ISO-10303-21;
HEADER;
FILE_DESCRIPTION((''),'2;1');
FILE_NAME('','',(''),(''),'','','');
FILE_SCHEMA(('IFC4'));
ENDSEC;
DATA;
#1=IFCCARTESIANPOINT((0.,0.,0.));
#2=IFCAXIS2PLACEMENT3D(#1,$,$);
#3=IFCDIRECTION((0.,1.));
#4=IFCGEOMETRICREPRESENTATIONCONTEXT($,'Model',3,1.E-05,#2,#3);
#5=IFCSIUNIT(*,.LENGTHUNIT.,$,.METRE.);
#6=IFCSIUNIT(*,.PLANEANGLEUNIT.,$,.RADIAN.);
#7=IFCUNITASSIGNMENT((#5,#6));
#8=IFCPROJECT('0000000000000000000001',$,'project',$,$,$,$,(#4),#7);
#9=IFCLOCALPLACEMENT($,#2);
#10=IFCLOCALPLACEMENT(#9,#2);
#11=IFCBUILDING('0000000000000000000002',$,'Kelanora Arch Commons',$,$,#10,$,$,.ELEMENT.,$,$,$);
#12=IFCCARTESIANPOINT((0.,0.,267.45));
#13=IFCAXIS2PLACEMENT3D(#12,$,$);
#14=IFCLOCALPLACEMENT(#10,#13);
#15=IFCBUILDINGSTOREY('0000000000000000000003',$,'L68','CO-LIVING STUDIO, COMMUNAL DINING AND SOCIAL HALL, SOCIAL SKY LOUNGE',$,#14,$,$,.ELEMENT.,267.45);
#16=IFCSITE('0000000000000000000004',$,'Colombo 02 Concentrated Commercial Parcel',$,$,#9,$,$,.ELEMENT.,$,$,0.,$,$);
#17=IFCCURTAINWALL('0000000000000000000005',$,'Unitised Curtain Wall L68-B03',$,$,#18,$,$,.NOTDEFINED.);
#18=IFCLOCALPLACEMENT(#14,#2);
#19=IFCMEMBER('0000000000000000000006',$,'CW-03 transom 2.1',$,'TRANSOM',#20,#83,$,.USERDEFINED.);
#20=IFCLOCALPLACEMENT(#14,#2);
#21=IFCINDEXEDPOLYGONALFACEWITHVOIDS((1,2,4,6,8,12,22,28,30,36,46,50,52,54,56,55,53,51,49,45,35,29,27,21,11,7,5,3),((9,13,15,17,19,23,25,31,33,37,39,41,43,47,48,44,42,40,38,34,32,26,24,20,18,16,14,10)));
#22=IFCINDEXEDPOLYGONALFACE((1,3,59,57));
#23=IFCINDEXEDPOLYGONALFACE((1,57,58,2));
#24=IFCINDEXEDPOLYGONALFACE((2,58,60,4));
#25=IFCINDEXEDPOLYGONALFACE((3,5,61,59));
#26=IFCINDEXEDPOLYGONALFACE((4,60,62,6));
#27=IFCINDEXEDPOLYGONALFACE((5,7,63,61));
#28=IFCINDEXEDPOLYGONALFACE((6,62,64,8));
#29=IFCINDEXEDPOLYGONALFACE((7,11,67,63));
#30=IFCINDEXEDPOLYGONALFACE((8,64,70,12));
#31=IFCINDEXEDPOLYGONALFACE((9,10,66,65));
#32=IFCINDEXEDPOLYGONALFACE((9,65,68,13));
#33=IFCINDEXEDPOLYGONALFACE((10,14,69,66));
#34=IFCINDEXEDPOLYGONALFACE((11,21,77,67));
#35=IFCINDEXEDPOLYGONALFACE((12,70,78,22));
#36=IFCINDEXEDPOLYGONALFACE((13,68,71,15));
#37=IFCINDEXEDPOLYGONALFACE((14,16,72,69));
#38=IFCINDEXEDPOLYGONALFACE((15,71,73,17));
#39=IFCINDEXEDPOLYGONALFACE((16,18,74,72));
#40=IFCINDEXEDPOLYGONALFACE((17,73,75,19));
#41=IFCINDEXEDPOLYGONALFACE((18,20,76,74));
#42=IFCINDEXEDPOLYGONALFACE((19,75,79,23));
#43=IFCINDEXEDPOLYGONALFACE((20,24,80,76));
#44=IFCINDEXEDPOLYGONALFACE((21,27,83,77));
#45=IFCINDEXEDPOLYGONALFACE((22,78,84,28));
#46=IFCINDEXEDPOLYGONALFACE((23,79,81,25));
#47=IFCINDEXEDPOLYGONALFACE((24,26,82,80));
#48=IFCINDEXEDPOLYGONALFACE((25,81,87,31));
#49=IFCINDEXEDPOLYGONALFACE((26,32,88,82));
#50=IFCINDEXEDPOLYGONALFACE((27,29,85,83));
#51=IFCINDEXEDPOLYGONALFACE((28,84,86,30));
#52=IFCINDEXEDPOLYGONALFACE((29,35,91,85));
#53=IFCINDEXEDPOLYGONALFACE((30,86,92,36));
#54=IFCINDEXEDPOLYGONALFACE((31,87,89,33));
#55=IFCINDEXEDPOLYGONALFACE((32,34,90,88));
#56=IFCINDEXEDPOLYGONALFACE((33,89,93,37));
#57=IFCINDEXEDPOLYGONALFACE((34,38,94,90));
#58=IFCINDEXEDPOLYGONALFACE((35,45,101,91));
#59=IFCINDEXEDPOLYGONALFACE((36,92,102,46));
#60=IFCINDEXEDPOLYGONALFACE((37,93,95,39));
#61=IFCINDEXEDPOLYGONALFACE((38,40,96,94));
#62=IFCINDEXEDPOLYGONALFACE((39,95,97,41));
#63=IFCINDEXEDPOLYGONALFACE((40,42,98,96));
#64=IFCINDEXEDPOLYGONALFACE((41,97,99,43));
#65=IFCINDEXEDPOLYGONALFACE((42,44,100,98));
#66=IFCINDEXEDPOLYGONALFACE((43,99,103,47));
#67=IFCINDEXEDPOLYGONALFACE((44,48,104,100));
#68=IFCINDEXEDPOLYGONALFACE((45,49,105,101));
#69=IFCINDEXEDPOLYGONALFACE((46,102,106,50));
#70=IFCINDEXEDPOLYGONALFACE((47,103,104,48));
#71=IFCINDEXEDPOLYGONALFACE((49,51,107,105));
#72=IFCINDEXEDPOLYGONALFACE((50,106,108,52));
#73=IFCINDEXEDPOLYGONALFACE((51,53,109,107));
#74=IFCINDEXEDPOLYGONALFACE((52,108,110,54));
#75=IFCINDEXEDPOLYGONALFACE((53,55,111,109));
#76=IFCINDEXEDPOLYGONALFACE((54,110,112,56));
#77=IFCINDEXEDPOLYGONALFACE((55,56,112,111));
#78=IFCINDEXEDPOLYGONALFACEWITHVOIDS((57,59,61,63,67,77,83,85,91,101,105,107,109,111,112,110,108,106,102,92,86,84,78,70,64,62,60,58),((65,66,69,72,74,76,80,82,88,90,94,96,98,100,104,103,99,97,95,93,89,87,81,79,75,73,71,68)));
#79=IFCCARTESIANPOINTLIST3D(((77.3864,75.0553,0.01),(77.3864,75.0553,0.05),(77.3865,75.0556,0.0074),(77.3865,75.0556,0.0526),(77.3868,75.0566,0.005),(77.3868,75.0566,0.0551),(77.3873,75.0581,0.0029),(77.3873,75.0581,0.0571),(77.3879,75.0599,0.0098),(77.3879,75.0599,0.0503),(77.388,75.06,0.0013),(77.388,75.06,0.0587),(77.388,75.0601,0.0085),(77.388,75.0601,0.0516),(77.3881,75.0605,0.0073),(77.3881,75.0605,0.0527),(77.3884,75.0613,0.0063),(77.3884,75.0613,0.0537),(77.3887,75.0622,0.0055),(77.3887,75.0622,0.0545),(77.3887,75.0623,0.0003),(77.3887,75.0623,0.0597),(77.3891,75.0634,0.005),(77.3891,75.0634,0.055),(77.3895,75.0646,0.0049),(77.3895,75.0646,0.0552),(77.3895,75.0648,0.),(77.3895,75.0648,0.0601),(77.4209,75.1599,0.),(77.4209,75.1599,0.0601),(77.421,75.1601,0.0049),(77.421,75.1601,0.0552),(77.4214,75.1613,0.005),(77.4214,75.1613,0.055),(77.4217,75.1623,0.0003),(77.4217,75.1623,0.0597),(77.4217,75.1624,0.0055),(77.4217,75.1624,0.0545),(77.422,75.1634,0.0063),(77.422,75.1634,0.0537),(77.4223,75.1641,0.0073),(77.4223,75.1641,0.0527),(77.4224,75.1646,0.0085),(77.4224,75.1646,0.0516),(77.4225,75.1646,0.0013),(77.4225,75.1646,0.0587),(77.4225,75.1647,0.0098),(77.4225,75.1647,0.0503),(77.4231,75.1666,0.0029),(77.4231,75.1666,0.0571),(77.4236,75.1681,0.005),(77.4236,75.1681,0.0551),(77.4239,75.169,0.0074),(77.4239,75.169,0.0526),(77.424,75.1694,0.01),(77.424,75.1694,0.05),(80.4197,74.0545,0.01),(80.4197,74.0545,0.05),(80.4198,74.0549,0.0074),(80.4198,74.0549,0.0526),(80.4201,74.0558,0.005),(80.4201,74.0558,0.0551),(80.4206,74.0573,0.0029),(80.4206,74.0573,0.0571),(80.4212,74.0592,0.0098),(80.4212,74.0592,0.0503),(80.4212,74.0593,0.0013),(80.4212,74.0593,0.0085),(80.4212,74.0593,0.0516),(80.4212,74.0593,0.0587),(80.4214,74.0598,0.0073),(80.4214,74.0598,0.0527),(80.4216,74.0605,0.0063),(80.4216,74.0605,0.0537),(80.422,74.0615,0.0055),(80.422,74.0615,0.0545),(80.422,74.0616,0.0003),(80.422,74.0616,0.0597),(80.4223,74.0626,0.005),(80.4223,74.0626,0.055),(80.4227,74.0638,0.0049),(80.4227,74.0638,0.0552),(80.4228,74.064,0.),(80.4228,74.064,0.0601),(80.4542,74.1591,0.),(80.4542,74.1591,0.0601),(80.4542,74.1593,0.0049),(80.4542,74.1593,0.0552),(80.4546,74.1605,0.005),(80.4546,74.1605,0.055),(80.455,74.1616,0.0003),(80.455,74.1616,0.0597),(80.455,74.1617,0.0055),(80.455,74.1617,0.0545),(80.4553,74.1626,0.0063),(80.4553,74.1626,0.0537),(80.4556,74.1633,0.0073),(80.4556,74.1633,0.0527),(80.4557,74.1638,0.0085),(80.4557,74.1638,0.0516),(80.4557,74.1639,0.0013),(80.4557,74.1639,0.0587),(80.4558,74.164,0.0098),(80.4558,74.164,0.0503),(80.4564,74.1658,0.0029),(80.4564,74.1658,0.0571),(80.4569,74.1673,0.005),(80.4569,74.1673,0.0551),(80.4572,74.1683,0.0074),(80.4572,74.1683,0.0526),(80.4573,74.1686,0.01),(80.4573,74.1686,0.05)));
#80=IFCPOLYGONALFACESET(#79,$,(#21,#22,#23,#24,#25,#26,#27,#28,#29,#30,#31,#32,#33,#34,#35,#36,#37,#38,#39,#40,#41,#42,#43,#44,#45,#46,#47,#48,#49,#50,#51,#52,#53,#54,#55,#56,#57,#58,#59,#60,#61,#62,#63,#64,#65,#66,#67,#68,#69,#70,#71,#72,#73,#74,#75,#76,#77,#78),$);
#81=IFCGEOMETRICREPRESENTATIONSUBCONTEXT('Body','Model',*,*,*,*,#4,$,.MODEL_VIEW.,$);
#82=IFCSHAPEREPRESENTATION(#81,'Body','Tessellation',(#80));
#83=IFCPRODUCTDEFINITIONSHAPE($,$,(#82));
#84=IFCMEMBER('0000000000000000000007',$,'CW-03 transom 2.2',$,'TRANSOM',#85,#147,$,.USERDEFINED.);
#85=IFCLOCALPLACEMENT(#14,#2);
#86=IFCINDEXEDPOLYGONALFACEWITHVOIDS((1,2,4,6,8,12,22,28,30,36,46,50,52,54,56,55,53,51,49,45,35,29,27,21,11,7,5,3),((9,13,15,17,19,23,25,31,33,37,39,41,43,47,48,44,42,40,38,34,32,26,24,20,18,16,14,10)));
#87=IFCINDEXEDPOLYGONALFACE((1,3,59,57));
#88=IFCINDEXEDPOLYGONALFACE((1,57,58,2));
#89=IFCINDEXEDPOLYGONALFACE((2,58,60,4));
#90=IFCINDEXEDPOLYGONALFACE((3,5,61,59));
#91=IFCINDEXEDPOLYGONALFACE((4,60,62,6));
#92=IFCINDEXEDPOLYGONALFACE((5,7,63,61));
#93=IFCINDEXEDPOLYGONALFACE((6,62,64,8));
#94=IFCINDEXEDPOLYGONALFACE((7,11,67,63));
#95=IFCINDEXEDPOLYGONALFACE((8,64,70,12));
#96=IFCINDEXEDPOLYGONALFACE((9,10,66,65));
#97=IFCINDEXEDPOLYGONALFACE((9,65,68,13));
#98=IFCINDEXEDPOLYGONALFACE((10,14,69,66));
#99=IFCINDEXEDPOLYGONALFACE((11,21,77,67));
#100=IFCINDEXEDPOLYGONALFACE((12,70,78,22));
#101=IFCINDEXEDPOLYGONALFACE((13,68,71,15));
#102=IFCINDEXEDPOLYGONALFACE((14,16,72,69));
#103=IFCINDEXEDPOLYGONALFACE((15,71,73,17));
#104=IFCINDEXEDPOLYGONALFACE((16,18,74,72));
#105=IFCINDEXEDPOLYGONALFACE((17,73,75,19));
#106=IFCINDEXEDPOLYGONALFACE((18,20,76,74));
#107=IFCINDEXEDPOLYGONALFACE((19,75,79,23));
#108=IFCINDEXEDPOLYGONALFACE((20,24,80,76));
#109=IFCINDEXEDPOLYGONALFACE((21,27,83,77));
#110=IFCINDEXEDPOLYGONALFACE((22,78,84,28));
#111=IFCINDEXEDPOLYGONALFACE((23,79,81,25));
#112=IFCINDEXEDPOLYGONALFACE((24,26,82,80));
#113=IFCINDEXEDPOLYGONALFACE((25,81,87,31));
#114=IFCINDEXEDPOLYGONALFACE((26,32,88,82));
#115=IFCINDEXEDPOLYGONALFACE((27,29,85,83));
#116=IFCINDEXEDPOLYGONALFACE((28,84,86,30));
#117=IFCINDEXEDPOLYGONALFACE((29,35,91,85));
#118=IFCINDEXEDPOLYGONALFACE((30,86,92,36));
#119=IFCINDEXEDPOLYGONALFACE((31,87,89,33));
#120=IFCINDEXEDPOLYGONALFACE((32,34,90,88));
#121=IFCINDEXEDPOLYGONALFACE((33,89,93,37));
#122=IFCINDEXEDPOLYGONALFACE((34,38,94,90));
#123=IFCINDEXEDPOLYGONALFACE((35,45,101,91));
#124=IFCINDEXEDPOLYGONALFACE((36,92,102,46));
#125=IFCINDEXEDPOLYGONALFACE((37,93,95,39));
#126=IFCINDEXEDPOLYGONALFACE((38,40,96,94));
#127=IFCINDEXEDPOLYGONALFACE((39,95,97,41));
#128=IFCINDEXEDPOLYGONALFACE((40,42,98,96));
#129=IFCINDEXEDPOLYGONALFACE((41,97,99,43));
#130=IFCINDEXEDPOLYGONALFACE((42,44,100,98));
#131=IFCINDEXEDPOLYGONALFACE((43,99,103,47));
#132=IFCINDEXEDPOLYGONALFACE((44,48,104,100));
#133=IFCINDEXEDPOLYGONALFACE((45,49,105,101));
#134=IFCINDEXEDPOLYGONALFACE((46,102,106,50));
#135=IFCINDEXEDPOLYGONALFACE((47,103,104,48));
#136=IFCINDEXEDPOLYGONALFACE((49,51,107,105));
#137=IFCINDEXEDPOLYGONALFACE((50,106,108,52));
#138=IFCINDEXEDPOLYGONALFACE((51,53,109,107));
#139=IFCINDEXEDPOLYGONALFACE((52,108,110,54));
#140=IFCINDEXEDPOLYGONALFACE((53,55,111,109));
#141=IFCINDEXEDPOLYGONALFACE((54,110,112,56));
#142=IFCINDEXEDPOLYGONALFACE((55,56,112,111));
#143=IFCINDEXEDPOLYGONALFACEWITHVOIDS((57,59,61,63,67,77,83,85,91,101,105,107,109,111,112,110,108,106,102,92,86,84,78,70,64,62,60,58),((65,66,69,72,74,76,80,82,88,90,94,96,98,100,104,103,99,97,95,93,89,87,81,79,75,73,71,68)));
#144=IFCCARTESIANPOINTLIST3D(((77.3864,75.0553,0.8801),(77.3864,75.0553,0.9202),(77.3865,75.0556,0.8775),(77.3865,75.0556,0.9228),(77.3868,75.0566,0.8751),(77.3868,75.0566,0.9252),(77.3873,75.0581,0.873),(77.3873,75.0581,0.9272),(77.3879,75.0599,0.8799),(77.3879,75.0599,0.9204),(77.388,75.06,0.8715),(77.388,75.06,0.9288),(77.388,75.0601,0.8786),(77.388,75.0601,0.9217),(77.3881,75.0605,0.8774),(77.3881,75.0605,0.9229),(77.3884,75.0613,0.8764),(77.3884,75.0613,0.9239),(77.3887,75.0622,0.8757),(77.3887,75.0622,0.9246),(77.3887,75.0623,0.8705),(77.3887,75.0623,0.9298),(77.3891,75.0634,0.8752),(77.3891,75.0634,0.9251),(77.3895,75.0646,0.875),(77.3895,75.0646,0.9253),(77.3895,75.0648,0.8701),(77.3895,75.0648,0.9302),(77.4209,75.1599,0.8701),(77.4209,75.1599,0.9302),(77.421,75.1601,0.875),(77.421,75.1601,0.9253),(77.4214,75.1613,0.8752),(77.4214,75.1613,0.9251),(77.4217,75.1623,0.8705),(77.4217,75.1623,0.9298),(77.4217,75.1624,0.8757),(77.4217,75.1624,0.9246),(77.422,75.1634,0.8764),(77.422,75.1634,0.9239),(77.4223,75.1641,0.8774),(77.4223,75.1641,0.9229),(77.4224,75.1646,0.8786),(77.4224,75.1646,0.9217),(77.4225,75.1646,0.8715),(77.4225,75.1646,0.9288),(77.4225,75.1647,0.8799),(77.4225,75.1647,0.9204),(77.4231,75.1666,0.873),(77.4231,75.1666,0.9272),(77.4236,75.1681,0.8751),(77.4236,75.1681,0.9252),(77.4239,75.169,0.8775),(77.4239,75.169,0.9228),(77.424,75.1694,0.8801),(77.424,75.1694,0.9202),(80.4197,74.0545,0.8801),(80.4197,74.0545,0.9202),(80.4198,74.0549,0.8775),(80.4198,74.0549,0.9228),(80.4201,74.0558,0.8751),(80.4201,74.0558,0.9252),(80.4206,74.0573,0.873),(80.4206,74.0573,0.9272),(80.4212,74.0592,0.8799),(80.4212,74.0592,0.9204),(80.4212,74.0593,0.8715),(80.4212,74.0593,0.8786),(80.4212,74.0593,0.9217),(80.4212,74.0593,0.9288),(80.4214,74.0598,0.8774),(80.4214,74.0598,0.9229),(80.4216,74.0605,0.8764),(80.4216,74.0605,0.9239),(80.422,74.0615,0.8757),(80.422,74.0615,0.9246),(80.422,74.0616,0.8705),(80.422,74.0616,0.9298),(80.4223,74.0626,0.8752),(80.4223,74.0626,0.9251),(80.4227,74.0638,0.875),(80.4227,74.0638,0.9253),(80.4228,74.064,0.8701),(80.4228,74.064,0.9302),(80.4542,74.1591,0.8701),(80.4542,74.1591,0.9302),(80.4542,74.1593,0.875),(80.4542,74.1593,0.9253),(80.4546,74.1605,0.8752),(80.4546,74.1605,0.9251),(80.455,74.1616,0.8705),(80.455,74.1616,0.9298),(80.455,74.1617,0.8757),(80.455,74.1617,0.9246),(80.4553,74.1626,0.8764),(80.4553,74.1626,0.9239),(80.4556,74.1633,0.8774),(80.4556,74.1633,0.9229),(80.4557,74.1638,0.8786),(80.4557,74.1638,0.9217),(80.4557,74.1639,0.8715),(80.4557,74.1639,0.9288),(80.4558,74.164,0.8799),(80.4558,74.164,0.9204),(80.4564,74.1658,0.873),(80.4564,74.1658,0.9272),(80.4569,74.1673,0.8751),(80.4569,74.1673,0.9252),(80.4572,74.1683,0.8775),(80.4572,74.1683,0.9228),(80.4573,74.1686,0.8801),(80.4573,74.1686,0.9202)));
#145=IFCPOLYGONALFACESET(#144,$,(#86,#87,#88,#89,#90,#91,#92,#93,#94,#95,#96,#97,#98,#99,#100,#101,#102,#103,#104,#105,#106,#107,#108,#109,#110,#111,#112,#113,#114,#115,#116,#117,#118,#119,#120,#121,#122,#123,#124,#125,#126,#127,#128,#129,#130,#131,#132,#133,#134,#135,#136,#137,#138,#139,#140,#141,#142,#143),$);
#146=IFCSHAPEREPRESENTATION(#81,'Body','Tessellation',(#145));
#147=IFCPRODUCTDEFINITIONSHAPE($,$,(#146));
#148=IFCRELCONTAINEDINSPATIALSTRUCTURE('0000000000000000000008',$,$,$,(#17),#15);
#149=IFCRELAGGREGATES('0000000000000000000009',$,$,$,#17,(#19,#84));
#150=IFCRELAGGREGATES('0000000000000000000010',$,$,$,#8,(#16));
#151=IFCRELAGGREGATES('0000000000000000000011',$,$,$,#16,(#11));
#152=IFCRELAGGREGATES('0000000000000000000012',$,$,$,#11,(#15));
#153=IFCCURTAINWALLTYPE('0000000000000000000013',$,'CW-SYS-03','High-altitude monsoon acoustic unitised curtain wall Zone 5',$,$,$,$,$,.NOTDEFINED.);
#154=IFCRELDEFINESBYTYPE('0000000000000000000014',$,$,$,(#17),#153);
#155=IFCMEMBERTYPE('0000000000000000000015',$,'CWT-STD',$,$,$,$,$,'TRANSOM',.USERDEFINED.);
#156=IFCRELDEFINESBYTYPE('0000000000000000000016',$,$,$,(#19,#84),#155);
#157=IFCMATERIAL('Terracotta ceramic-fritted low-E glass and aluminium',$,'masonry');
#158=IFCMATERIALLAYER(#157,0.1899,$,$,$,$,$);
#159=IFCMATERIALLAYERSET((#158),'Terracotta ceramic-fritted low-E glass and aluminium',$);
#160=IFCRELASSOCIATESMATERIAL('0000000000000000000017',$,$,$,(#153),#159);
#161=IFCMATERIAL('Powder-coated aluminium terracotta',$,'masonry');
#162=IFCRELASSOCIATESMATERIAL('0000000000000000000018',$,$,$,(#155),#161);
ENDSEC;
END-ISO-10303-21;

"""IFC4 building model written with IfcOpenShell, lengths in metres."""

from ifc_helpers import new_model, si_unit, direction, frame, origin, origin_2d, place, context, subcontext, project, spatial, hollow_rectangle, extrude, material, layer, layer_set, material_profile, profile_set, type_object, element, aggregate, save


model = new_model("IFC4")

# Units and contexts
model_context = context("Model", 3, precision=1e-05, world=origin(), true_north=direction((0.0, 1.0)))
body_context = subcontext(model_context, "Body", "Model", "MODEL_VIEW")
ifc_project = project(units=[si_unit("LENGTHUNIT", "METRE"), si_unit("PLANEANGLEUNIT", "RADIAN")], contexts=[model_context])

# Site, building, storey
site_placement = place(None, origin())
site = spatial("IfcSite", under=ifc_project, at=site_placement, Name="Colombo 02 Concentrated Commercial Parcel", CompositionType="ELEMENT", RefElevation=0.0)
building_placement = place(site_placement, origin())
building = spatial("IfcBuilding", under=site, at=building_placement, Name="Kelanora Arch Commons", CompositionType="ELEMENT")
storey_placement = place(building_placement, frame((0.0, 0.0, 267.45)))
storey = spatial("IfcBuildingStorey", under=building, at=storey_placement, Name="L68", Description="CO-LIVING STUDIO, COMMUNAL DINING AND SOCIAL HALL, SOCIAL SKY LOUNGE", CompositionType="ELEMENT", Elevation=267.45)

# Curtain wall, members
ifc_material_1 = material(Name="Terracotta ceramic-fritted low-E glass and aluminium", Category="masonry")
ifc_layer_1 = layer(ifc_material_1, 0.1899)
ifc_layer_set_1 = layer_set([ifc_layer_1], Name="Terracotta ceramic-fritted low-E glass and aluminium")
curtain_wall_type = type_object("IfcCurtainWallType", Name="CW-SYS-03", Description="High-altitude monsoon acoustic unitised curtain wall Zone 5", PredefinedType="NOTDEFINED", material=ifc_layer_set_1)
curtain_wall_placement = place(storey_placement, origin())
curtain_wall = element("IfcCurtainWall", 1, at=curtain_wall_placement, inside=storey, type_object=curtain_wall_type, Name="Unitised Curtain Wall L68-B03", PredefinedType="NOTDEFINED")
ifc_material_2 = material(Name="Powder-coated aluminium terracotta", Category="masonry")
ifc_material_profile_1 = material_profile(ifc_material_2, hollow_rectangle(XDim=0.1201, YDim=0.0601, WallThickness=0.0049, InnerFilletRadius=0.0049, OuterFilletRadius=0.01, at=origin_2d()), Name="CWT120x60")
ifc_profile_set_1 = profile_set([ifc_material_profile_1], Name="Powder-coated aluminium terracotta")
member_type_1 = type_object("IfcMemberType", Name="CWT-STD", ElementType="TRANSOM", PredefinedType="USERDEFINED", material=ifc_profile_set_1)
member_1_placement = place(storey_placement, frame((80.4385, 74.1116, 0.03), z_axis=(-0.94965, 0.313314, 0.0), x_axis=(-0.313314, -0.94965, 0.0)))
member_1 = element("IfcMember", 2, at=member_1_placement, type_object=member_type_1, Name="CW-03 transom 2.1", ObjectType="TRANSOM", PredefinedType="USERDEFINED", context=body_context, shape_type="SweptSolid", body=[
    extrude(hollow_rectangle(XDim=0.1201, YDim=0.0601, WallThickness=0.0049, InnerFilletRadius=0.0049, OuterFilletRadius=0.01, at=origin_2d()), origin(), (0.0, 0.0, 1.0), 3.1941),
])
member_2_placement = place(storey_placement, frame((80.4385, 74.1116, 0.9001), z_axis=(-0.94965, 0.313314, 0.0), x_axis=(-0.313314, -0.94965, 0.0)))
member_2 = element("IfcMember", 3, at=member_2_placement, type_object=member_type_1, Name="CW-03 transom 2.2", ObjectType="TRANSOM", PredefinedType="USERDEFINED", context=body_context, shape_type="SweptSolid", body=[
    extrude(hollow_rectangle(XDim=0.1201, YDim=0.0601, WallThickness=0.0049, InnerFilletRadius=0.0049, OuterFilletRadius=0.01, at=origin_2d()), origin(), (0.0, 0.0, 1.0), 3.1941),
])
aggregate(curtain_wall, [member_1, member_2])

save(model, "model.ifc")
